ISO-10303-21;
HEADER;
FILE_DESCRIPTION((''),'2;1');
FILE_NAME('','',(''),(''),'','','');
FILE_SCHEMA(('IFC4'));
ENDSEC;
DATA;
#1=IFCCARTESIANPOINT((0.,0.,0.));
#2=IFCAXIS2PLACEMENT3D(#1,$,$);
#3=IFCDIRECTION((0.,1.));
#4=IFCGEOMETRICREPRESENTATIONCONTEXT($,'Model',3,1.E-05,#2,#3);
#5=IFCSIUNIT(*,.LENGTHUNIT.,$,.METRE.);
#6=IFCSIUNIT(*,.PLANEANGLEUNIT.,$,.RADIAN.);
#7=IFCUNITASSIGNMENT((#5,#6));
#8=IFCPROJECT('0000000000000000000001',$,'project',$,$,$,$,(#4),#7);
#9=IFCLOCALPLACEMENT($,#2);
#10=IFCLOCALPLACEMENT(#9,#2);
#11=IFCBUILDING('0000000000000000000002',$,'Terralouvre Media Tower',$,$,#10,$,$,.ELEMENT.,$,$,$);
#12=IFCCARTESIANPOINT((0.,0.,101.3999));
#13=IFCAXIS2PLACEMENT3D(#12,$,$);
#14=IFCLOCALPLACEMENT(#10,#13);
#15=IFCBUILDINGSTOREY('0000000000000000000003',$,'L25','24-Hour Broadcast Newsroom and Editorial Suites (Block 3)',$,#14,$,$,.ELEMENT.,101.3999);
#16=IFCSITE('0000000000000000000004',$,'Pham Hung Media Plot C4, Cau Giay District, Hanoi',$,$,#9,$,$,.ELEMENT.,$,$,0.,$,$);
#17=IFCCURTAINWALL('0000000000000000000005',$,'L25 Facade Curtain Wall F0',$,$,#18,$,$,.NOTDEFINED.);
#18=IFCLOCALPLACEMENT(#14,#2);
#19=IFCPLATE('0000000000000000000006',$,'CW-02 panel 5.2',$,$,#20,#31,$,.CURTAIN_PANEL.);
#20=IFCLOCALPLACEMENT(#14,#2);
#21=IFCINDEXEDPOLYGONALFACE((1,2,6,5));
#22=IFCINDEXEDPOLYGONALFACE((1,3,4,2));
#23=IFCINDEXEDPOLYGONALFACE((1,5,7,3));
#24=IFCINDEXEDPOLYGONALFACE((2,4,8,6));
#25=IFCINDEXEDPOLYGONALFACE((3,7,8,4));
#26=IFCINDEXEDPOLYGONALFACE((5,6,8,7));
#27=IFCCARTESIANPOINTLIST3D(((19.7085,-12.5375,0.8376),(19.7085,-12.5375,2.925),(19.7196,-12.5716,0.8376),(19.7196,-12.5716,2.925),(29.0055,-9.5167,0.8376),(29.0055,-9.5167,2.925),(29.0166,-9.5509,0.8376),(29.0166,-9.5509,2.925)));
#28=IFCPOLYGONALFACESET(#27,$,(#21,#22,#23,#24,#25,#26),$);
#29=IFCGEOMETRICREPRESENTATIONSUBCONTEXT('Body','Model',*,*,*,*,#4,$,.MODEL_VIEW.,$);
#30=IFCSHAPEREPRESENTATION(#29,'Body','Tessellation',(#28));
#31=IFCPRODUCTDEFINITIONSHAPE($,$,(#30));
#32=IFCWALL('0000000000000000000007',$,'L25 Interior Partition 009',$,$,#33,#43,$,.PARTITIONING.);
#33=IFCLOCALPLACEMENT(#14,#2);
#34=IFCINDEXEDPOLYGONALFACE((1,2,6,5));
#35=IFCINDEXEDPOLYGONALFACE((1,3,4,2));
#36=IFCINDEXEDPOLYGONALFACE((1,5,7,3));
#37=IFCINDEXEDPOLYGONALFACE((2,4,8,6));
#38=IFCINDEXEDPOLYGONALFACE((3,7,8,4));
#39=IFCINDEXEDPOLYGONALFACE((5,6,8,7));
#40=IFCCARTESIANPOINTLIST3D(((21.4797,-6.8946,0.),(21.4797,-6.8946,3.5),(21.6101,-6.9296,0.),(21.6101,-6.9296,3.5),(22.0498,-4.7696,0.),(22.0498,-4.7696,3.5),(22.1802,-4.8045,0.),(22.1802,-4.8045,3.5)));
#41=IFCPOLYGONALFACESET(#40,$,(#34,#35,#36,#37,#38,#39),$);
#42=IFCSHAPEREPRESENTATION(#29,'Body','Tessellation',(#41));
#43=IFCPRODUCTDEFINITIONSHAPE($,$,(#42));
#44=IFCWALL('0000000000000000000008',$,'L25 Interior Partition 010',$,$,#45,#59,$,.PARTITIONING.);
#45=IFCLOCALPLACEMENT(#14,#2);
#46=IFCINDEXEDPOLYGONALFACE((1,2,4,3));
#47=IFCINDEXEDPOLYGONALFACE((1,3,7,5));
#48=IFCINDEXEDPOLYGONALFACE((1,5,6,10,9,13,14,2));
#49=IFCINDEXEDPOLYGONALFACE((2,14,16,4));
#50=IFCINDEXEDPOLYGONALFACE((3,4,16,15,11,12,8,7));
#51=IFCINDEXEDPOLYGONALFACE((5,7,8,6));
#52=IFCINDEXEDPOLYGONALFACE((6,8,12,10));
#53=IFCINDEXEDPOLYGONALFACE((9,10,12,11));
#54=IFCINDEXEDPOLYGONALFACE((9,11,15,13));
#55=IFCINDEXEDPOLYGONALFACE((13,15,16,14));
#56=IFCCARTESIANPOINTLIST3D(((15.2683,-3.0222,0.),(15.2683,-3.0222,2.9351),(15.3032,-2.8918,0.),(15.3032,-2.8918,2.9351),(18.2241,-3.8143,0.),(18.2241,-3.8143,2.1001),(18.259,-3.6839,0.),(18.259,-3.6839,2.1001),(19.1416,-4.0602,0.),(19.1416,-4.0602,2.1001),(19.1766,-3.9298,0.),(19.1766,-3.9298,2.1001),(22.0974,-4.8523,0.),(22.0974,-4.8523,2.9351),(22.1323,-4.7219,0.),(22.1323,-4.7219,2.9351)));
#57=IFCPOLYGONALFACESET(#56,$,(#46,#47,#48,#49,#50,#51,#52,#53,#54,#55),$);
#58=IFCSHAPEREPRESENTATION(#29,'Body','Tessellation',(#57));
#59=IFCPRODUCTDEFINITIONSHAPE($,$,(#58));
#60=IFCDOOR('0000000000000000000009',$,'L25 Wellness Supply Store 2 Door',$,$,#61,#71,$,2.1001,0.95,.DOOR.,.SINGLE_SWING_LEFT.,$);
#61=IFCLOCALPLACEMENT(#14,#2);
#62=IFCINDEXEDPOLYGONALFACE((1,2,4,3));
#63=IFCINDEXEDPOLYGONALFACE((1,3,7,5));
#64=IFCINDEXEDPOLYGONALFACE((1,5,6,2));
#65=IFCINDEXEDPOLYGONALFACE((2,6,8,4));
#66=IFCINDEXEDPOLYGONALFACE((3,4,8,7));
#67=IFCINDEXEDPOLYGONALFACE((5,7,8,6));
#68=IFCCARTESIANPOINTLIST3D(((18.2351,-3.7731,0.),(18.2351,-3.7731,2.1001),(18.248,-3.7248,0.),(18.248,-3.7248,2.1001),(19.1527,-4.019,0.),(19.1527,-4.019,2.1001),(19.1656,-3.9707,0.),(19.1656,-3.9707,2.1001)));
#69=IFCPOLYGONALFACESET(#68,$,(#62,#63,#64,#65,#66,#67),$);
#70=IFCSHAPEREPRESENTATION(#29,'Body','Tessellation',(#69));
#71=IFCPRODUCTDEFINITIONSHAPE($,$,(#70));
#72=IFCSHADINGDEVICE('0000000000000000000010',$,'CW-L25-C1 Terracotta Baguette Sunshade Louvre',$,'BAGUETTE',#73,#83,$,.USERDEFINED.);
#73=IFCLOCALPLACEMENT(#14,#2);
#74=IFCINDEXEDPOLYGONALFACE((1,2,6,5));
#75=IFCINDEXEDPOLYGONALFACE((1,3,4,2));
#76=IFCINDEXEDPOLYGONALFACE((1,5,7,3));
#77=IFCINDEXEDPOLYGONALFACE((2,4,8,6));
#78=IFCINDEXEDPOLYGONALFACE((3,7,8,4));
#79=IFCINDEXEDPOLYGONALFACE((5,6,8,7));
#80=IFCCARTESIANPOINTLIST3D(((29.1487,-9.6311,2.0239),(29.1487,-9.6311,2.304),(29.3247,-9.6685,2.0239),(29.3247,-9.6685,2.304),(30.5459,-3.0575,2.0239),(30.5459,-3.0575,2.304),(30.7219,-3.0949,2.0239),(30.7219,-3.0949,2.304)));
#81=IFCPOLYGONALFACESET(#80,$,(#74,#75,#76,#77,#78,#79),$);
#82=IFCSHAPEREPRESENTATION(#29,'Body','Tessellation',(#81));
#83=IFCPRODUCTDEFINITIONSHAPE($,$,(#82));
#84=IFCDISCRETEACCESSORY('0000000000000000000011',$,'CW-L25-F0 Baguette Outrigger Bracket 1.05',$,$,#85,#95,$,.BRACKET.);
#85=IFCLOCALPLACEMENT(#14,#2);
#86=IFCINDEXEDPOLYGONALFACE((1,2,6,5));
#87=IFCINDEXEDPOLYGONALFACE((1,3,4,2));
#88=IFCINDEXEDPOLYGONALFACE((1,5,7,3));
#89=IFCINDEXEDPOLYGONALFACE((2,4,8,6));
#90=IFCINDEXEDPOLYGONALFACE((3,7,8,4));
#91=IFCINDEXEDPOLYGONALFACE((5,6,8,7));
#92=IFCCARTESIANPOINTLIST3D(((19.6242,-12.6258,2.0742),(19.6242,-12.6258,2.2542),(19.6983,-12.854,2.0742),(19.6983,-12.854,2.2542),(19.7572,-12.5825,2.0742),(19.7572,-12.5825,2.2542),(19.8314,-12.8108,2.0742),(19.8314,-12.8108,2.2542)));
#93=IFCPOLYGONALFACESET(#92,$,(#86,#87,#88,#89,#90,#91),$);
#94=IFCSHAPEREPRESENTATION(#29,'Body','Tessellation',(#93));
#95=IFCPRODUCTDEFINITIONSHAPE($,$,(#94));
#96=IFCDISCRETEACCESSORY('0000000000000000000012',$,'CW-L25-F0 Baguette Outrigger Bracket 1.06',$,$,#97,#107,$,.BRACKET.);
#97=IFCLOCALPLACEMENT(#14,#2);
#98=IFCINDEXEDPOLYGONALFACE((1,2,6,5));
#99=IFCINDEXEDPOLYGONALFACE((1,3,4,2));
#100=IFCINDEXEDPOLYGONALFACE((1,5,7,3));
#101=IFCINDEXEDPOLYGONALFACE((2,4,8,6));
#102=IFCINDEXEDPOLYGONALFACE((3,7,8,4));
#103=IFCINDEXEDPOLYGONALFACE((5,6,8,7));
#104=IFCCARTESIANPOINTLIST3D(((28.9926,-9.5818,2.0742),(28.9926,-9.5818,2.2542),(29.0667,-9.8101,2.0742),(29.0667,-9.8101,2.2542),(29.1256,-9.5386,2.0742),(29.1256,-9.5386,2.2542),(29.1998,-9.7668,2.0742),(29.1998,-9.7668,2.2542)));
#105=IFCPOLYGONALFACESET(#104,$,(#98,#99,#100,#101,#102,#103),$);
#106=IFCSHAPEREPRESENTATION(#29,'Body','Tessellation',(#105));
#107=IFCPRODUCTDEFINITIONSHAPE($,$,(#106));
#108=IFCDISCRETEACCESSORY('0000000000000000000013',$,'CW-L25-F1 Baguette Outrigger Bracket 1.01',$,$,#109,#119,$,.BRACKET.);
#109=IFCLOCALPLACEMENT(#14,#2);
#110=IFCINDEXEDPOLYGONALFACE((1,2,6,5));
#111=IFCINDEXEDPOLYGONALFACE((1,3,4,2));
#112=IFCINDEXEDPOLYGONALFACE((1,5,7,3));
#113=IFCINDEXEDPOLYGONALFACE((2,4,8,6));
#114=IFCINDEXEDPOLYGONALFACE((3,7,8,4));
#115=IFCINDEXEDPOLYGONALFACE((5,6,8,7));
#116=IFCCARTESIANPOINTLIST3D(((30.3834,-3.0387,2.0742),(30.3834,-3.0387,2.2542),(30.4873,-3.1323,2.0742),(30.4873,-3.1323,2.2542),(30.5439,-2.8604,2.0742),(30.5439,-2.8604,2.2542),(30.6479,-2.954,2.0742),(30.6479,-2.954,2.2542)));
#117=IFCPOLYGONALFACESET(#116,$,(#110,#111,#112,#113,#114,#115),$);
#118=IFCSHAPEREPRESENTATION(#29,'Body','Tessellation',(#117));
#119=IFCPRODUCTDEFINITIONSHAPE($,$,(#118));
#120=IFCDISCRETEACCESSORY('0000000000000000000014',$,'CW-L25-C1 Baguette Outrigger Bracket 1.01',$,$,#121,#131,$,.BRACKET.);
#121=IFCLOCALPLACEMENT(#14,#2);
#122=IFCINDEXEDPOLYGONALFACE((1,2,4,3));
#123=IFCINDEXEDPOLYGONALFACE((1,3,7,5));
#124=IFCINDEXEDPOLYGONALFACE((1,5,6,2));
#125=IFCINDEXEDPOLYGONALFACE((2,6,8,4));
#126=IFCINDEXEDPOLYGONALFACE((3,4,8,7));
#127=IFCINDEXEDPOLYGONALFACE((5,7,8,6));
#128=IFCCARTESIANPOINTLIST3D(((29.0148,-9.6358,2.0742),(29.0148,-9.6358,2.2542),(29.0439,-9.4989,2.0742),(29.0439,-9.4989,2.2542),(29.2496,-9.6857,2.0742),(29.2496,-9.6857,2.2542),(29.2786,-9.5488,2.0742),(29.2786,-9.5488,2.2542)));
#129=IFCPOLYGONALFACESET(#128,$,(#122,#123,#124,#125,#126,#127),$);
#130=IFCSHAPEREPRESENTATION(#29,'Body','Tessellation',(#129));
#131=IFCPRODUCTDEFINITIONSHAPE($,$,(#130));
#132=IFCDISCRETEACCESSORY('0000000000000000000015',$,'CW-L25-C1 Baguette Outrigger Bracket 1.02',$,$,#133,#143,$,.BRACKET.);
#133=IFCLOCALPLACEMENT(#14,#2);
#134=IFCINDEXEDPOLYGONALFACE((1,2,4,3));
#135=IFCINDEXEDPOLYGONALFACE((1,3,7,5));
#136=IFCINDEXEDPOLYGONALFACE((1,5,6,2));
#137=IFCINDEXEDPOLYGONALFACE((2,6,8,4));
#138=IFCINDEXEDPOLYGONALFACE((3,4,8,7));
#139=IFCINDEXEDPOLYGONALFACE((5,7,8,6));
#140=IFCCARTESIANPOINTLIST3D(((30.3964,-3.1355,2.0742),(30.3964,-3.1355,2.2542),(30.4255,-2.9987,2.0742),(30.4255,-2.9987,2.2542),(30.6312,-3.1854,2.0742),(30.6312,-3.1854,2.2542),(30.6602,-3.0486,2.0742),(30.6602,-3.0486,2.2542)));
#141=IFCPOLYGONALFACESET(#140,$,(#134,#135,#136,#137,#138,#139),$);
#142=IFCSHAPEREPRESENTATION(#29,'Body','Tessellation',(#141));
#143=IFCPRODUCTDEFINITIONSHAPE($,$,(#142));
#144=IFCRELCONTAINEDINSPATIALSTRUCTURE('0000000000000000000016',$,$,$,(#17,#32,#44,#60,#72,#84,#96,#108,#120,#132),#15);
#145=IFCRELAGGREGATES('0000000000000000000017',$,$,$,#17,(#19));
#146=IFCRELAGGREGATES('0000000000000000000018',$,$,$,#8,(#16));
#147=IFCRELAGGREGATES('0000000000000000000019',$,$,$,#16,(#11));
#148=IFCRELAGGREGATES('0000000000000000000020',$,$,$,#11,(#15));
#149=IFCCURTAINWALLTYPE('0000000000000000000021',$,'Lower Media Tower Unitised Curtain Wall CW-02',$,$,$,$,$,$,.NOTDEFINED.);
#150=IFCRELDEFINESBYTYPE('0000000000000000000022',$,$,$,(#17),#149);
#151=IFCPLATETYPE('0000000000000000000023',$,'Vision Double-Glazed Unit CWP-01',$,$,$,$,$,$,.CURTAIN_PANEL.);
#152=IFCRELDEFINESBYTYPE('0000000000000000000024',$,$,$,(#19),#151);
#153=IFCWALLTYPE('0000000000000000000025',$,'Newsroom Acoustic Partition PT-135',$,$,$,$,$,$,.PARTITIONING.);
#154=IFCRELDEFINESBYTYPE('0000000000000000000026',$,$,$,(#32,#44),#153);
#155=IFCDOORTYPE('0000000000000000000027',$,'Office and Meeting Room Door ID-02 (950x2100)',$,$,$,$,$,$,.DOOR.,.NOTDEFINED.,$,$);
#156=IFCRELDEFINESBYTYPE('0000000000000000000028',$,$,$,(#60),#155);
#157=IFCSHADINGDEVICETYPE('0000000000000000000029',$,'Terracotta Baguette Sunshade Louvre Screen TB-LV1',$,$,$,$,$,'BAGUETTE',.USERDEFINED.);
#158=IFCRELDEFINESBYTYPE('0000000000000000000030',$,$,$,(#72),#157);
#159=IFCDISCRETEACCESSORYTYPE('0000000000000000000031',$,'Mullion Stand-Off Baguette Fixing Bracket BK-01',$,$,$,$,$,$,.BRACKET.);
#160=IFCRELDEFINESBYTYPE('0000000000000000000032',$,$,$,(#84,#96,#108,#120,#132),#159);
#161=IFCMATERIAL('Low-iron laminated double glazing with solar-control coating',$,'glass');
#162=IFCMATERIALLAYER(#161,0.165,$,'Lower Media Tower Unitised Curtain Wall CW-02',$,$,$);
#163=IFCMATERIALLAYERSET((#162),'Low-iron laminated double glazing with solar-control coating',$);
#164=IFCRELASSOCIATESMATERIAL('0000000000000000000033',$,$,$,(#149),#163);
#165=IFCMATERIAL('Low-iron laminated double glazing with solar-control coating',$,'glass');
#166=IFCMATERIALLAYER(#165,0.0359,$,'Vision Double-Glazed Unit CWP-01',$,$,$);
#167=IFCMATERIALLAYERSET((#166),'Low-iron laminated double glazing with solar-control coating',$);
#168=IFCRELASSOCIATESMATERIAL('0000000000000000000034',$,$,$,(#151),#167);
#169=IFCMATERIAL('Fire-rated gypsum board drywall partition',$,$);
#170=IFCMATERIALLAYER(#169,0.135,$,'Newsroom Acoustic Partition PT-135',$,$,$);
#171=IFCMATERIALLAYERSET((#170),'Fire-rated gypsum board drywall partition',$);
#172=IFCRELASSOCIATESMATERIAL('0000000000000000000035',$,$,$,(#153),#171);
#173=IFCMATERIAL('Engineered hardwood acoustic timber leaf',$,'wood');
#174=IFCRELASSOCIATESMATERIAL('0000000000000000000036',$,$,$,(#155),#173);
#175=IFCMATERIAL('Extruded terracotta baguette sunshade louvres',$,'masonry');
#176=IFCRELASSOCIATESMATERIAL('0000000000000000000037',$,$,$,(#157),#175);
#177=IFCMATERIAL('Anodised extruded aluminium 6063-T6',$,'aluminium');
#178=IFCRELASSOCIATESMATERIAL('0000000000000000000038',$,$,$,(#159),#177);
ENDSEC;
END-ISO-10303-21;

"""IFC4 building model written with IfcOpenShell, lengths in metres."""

from ifc_helpers import new_model, si_unit, direction, frame, frame_2d, origin, origin_2d, place, context, subcontext, project, spatial, rectangle, extrude, material, layer, layer_set, type_object, element, fill, aggregate, save


model = new_model("IFC4")

# Units and contexts
model_context = context("Model", 3, precision=1e-05, world=origin(), true_north=direction((0.0, 1.0)))
body_context = subcontext(model_context, "Body", "Model", "MODEL_VIEW")
ifc_project = project(units=[si_unit("LENGTHUNIT", "METRE"), si_unit("PLANEANGLEUNIT", "RADIAN")], contexts=[model_context])

# Site, building, storey
site_placement = place(None, origin())
site = spatial("IfcSite", under=ifc_project, at=site_placement, Name="Pham Hung Media Plot C4, Cau Giay District, Hanoi", CompositionType="ELEMENT", RefElevation=0.0)
building_placement = place(site_placement, origin())
building = spatial("IfcBuilding", under=site, at=building_placement, Name="Terralouvre Media Tower", CompositionType="ELEMENT")
storey_placement = place(building_placement, frame((0.0, 0.0, 101.3999)))
storey = spatial("IfcBuildingStorey", under=building, at=storey_placement, Name="L25", Description="24-Hour Broadcast Newsroom and Editorial Suites (Block 3)", CompositionType="ELEMENT", Elevation=101.3999)

# Curtain wall
ifc_material_1 = material(Name="Low-iron laminated double glazing with solar-control coating", Category="glass")
ifc_layer_1 = layer(ifc_material_1, 0.165, Name="Lower Media Tower Unitised Curtain Wall CW-02")
ifc_layer_set_1 = layer_set([ifc_layer_1], Name="Low-iron laminated double glazing with solar-control coating")
curtain_wall_type_1 = type_object("IfcCurtainWallType", Name="Lower Media Tower Unitised Curtain Wall CW-02", PredefinedType="NOTDEFINED", material=ifc_layer_set_1)
curtain_wall_1_placement = place(storey_placement, origin())
curtain_wall_1 = element("IfcCurtainWall", 1, at=curtain_wall_1_placement, inside=storey, type_object=curtain_wall_type_1, Name="L25 Facade Curtain Wall F0", PredefinedType="NOTDEFINED")

# Plate
ifc_material_2 = material(Name="Low-iron laminated double glazing with solar-control coating", Category="glass")
ifc_layer_2 = layer(ifc_material_2, 0.0359, Name="Vision Double-Glazed Unit CWP-01")
ifc_layer_set_2 = layer_set([ifc_layer_2], Name="Low-iron laminated double glazing with solar-control coating")
plate_type_1 = type_object("IfcPlateType", Name="Vision Double-Glazed Unit CWP-01", PredefinedType="CURTAIN_PANEL", material=ifc_layer_set_2)
plate_1_placement = place(storey_placement, frame((24.3625, -11.0442, 0.8376), z_axis=(0.0, 0.0, 1.0), x_axis=(0.951057, 0.309017, 0.0)))
plate_1 = element("IfcPlate", 2, at=plate_1_placement, type_object=plate_type_1, Name="CW-02 panel 5.2", PredefinedType="CURTAIN_PANEL", context=body_context, shape_type="SweptSolid", body=[
    extrude(rectangle(XDim=9.7754, YDim=0.0359, at=origin_2d()), origin(), (0.0, 0.0, 1.0), 2.0874),
])
aggregate(curtain_wall_1, [plate_1])

# Wall
ifc_material_3 = material(Name="Fire-rated gypsum board drywall partition")
ifc_layer_3 = layer(ifc_material_3, 0.135, Name="Newsroom Acoustic Partition PT-135")
ifc_layer_set_3 = layer_set([ifc_layer_3], Name="Fire-rated gypsum board drywall partition")
wall_type = type_object("IfcWallType", Name="Newsroom Acoustic Partition PT-135", PredefinedType="PARTITIONING", material=ifc_layer_set_3)
wall_1_placement = place(storey_placement, frame((21.5449, -6.9121, 0.0), z_axis=(0.0, 0.0, 1.0), x_axis=(0.259106, 0.965849, 0.0)))
element("IfcWall", 3, at=wall_1_placement, inside=storey, type_object=wall_type, Name="L25 Interior Partition 009", PredefinedType="PARTITIONING", context=body_context, shape_type="SweptSolid", body=[
    extrude(rectangle(XDim=2.2002, YDim=0.135, at=frame_2d((1.1001, 0.0))), origin(), (0.0, 0.0, 1.0), 3.5),
])

# Wall, opening, door
wall_2_placement = place(storey_placement, frame((22.115, -4.7871, 0.0), z_axis=(0.0, 0.0, 1.0), x_axis=(-0.965918, 0.258849, 0.0)))
wall_2 = element("IfcWall", 4, at=wall_2_placement, inside=storey, type_object=wall_type, Name="L25 Interior Partition 010", PredefinedType="PARTITIONING", context=body_context, shape_type="SweptSolid", body=[
    extrude(rectangle(XDim=7.0701, YDim=0.135, at=frame_2d((3.5352, 0.0))), origin(), (0.0, 0.0, 1.0), 2.9351),
])
opening_placement = place(wall_2_placement, frame((3.0601, 0.0, 0.0)))
opening = element("IfcOpeningElement", 5, at=opening_placement, cuts=wall_2, PredefinedType="OPENING", context=body_context, shape_type="SweptSolid", body=[
    extrude(rectangle(XDim=0.95, YDim=2.1001, at=frame_2d((0.4751, 1.05))), frame((0.0, 0.0774, 0.0), z_axis=(0.0, -1.0, 0.0), x_axis=(1.0, 0.0, 0.0)), (0.0, 0.0, 1.0), 0.155),
])
ifc_material_4 = material(Name="Engineered hardwood acoustic timber leaf", Category="wood")
door_type = type_object("IfcDoorType", Name="Office and Meeting Room Door ID-02 (950x2100)", OperationType="NOTDEFINED", PredefinedType="DOOR", material=ifc_material_4)
door_placement = place(opening_placement, origin())
door = element("IfcDoor", 6, at=door_placement, inside=storey, type_object=door_type, Name="L25 Wellness Supply Store 2 Door", OperationType="SINGLE_SWING_LEFT", OverallHeight=2.1001, OverallWidth=0.95, PredefinedType="DOOR", context=body_context, shape_type="SweptSolid", body=[
    extrude(rectangle(XDim=0.95, YDim=2.1001, at=frame_2d((0.4751, 1.05))), frame((0.0, 0.0249, 0.0), z_axis=(0.0, -1.0, 0.0), x_axis=(1.0, 0.0, 0.0)), (0.0, 0.0, 1.0), 0.05),
])
fill(opening, door)

# Shading device
ifc_material_5 = material(Name="Extruded terracotta baguette sunshade louvres", Category="masonry")
shading_device_type = type_object("IfcShadingDeviceType", Name="Terracotta Baguette Sunshade Louvre Screen TB-LV1", ElementType="BAGUETTE", PredefinedType="USERDEFINED", material=ifc_material_5)
shading_device_placement = place(storey_placement, frame((29.9353, -6.363, 2.0239), z_axis=(0.0, 0.0, 1.0), x_axis=(0.207912, 0.978148, 0.0)))
element("IfcShadingDevice", 7, at=shading_device_placement, inside=storey, type_object=shading_device_type, Name="CW-L25-C1 Terracotta Baguette Sunshade Louvre", ObjectType="BAGUETTE", PredefinedType="USERDEFINED", context=body_context, shape_type="SweptSolid", body=[
    extrude(rectangle(XDim=6.7205, YDim=0.1799, at=origin_2d()), origin(), (0.0, 0.0, 1.0), 0.28),
])

# Discrete accessories
ifc_material_6 = material(Name="Anodised extruded aluminium 6063-T6", Category="aluminium")
discrete_accessory_type = type_object("IfcDiscreteAccessoryType", Name="Mullion Stand-Off Baguette Fixing Bracket BK-01", PredefinedType="BRACKET", material=ifc_material_6)
for number, where, z_axis, x_axis, name in (
    (8, (19.7278, -12.7183, 2.0742), (0.0, 0.0, 1.0), (0.951057, 0.309017, 0.0), "CW-L25-F0 Baguette Outrigger Bracket 1.05"),
    (9, (29.0962, -9.6743, 2.0742), (0.0, 0.0, 1.0), (0.951057, 0.309017, 0.0), "CW-L25-F0 Baguette Outrigger Bracket 1.06"),
    (10, (30.5156, -2.9963, 2.0742), (0.0, 0.0, 1.0), (-0.743145, 0.669131, 0.0), "CW-L25-F1 Baguette Outrigger Bracket 1.01"),
    (11, (29.1467, -9.5923, 2.0742), (0.0, 0.0, 1.0), (0.207912, 0.978148, 0.0), "CW-L25-C1 Baguette Outrigger Bracket 1.01"),
    (12, (30.5283, -3.092, 2.0742), (0.0, 0.0, 1.0), (0.207912, 0.978148, 0.0), "CW-L25-C1 Baguette Outrigger Bracket 1.02"),
):
    element("IfcDiscreteAccessory", number, at=place(storey_placement, frame(where, z_axis=z_axis, x_axis=x_axis)), inside=storey, type_object=discrete_accessory_type, Name=name, PredefinedType="BRACKET", context=body_context, shape_type="SweptSolid", body=[
        extrude(rectangle(XDim=0.1399, YDim=0.24, at=origin_2d()), origin(), (0.0, 0.0, 1.0), 0.1799),
    ])

save(model, "model.ifc")
